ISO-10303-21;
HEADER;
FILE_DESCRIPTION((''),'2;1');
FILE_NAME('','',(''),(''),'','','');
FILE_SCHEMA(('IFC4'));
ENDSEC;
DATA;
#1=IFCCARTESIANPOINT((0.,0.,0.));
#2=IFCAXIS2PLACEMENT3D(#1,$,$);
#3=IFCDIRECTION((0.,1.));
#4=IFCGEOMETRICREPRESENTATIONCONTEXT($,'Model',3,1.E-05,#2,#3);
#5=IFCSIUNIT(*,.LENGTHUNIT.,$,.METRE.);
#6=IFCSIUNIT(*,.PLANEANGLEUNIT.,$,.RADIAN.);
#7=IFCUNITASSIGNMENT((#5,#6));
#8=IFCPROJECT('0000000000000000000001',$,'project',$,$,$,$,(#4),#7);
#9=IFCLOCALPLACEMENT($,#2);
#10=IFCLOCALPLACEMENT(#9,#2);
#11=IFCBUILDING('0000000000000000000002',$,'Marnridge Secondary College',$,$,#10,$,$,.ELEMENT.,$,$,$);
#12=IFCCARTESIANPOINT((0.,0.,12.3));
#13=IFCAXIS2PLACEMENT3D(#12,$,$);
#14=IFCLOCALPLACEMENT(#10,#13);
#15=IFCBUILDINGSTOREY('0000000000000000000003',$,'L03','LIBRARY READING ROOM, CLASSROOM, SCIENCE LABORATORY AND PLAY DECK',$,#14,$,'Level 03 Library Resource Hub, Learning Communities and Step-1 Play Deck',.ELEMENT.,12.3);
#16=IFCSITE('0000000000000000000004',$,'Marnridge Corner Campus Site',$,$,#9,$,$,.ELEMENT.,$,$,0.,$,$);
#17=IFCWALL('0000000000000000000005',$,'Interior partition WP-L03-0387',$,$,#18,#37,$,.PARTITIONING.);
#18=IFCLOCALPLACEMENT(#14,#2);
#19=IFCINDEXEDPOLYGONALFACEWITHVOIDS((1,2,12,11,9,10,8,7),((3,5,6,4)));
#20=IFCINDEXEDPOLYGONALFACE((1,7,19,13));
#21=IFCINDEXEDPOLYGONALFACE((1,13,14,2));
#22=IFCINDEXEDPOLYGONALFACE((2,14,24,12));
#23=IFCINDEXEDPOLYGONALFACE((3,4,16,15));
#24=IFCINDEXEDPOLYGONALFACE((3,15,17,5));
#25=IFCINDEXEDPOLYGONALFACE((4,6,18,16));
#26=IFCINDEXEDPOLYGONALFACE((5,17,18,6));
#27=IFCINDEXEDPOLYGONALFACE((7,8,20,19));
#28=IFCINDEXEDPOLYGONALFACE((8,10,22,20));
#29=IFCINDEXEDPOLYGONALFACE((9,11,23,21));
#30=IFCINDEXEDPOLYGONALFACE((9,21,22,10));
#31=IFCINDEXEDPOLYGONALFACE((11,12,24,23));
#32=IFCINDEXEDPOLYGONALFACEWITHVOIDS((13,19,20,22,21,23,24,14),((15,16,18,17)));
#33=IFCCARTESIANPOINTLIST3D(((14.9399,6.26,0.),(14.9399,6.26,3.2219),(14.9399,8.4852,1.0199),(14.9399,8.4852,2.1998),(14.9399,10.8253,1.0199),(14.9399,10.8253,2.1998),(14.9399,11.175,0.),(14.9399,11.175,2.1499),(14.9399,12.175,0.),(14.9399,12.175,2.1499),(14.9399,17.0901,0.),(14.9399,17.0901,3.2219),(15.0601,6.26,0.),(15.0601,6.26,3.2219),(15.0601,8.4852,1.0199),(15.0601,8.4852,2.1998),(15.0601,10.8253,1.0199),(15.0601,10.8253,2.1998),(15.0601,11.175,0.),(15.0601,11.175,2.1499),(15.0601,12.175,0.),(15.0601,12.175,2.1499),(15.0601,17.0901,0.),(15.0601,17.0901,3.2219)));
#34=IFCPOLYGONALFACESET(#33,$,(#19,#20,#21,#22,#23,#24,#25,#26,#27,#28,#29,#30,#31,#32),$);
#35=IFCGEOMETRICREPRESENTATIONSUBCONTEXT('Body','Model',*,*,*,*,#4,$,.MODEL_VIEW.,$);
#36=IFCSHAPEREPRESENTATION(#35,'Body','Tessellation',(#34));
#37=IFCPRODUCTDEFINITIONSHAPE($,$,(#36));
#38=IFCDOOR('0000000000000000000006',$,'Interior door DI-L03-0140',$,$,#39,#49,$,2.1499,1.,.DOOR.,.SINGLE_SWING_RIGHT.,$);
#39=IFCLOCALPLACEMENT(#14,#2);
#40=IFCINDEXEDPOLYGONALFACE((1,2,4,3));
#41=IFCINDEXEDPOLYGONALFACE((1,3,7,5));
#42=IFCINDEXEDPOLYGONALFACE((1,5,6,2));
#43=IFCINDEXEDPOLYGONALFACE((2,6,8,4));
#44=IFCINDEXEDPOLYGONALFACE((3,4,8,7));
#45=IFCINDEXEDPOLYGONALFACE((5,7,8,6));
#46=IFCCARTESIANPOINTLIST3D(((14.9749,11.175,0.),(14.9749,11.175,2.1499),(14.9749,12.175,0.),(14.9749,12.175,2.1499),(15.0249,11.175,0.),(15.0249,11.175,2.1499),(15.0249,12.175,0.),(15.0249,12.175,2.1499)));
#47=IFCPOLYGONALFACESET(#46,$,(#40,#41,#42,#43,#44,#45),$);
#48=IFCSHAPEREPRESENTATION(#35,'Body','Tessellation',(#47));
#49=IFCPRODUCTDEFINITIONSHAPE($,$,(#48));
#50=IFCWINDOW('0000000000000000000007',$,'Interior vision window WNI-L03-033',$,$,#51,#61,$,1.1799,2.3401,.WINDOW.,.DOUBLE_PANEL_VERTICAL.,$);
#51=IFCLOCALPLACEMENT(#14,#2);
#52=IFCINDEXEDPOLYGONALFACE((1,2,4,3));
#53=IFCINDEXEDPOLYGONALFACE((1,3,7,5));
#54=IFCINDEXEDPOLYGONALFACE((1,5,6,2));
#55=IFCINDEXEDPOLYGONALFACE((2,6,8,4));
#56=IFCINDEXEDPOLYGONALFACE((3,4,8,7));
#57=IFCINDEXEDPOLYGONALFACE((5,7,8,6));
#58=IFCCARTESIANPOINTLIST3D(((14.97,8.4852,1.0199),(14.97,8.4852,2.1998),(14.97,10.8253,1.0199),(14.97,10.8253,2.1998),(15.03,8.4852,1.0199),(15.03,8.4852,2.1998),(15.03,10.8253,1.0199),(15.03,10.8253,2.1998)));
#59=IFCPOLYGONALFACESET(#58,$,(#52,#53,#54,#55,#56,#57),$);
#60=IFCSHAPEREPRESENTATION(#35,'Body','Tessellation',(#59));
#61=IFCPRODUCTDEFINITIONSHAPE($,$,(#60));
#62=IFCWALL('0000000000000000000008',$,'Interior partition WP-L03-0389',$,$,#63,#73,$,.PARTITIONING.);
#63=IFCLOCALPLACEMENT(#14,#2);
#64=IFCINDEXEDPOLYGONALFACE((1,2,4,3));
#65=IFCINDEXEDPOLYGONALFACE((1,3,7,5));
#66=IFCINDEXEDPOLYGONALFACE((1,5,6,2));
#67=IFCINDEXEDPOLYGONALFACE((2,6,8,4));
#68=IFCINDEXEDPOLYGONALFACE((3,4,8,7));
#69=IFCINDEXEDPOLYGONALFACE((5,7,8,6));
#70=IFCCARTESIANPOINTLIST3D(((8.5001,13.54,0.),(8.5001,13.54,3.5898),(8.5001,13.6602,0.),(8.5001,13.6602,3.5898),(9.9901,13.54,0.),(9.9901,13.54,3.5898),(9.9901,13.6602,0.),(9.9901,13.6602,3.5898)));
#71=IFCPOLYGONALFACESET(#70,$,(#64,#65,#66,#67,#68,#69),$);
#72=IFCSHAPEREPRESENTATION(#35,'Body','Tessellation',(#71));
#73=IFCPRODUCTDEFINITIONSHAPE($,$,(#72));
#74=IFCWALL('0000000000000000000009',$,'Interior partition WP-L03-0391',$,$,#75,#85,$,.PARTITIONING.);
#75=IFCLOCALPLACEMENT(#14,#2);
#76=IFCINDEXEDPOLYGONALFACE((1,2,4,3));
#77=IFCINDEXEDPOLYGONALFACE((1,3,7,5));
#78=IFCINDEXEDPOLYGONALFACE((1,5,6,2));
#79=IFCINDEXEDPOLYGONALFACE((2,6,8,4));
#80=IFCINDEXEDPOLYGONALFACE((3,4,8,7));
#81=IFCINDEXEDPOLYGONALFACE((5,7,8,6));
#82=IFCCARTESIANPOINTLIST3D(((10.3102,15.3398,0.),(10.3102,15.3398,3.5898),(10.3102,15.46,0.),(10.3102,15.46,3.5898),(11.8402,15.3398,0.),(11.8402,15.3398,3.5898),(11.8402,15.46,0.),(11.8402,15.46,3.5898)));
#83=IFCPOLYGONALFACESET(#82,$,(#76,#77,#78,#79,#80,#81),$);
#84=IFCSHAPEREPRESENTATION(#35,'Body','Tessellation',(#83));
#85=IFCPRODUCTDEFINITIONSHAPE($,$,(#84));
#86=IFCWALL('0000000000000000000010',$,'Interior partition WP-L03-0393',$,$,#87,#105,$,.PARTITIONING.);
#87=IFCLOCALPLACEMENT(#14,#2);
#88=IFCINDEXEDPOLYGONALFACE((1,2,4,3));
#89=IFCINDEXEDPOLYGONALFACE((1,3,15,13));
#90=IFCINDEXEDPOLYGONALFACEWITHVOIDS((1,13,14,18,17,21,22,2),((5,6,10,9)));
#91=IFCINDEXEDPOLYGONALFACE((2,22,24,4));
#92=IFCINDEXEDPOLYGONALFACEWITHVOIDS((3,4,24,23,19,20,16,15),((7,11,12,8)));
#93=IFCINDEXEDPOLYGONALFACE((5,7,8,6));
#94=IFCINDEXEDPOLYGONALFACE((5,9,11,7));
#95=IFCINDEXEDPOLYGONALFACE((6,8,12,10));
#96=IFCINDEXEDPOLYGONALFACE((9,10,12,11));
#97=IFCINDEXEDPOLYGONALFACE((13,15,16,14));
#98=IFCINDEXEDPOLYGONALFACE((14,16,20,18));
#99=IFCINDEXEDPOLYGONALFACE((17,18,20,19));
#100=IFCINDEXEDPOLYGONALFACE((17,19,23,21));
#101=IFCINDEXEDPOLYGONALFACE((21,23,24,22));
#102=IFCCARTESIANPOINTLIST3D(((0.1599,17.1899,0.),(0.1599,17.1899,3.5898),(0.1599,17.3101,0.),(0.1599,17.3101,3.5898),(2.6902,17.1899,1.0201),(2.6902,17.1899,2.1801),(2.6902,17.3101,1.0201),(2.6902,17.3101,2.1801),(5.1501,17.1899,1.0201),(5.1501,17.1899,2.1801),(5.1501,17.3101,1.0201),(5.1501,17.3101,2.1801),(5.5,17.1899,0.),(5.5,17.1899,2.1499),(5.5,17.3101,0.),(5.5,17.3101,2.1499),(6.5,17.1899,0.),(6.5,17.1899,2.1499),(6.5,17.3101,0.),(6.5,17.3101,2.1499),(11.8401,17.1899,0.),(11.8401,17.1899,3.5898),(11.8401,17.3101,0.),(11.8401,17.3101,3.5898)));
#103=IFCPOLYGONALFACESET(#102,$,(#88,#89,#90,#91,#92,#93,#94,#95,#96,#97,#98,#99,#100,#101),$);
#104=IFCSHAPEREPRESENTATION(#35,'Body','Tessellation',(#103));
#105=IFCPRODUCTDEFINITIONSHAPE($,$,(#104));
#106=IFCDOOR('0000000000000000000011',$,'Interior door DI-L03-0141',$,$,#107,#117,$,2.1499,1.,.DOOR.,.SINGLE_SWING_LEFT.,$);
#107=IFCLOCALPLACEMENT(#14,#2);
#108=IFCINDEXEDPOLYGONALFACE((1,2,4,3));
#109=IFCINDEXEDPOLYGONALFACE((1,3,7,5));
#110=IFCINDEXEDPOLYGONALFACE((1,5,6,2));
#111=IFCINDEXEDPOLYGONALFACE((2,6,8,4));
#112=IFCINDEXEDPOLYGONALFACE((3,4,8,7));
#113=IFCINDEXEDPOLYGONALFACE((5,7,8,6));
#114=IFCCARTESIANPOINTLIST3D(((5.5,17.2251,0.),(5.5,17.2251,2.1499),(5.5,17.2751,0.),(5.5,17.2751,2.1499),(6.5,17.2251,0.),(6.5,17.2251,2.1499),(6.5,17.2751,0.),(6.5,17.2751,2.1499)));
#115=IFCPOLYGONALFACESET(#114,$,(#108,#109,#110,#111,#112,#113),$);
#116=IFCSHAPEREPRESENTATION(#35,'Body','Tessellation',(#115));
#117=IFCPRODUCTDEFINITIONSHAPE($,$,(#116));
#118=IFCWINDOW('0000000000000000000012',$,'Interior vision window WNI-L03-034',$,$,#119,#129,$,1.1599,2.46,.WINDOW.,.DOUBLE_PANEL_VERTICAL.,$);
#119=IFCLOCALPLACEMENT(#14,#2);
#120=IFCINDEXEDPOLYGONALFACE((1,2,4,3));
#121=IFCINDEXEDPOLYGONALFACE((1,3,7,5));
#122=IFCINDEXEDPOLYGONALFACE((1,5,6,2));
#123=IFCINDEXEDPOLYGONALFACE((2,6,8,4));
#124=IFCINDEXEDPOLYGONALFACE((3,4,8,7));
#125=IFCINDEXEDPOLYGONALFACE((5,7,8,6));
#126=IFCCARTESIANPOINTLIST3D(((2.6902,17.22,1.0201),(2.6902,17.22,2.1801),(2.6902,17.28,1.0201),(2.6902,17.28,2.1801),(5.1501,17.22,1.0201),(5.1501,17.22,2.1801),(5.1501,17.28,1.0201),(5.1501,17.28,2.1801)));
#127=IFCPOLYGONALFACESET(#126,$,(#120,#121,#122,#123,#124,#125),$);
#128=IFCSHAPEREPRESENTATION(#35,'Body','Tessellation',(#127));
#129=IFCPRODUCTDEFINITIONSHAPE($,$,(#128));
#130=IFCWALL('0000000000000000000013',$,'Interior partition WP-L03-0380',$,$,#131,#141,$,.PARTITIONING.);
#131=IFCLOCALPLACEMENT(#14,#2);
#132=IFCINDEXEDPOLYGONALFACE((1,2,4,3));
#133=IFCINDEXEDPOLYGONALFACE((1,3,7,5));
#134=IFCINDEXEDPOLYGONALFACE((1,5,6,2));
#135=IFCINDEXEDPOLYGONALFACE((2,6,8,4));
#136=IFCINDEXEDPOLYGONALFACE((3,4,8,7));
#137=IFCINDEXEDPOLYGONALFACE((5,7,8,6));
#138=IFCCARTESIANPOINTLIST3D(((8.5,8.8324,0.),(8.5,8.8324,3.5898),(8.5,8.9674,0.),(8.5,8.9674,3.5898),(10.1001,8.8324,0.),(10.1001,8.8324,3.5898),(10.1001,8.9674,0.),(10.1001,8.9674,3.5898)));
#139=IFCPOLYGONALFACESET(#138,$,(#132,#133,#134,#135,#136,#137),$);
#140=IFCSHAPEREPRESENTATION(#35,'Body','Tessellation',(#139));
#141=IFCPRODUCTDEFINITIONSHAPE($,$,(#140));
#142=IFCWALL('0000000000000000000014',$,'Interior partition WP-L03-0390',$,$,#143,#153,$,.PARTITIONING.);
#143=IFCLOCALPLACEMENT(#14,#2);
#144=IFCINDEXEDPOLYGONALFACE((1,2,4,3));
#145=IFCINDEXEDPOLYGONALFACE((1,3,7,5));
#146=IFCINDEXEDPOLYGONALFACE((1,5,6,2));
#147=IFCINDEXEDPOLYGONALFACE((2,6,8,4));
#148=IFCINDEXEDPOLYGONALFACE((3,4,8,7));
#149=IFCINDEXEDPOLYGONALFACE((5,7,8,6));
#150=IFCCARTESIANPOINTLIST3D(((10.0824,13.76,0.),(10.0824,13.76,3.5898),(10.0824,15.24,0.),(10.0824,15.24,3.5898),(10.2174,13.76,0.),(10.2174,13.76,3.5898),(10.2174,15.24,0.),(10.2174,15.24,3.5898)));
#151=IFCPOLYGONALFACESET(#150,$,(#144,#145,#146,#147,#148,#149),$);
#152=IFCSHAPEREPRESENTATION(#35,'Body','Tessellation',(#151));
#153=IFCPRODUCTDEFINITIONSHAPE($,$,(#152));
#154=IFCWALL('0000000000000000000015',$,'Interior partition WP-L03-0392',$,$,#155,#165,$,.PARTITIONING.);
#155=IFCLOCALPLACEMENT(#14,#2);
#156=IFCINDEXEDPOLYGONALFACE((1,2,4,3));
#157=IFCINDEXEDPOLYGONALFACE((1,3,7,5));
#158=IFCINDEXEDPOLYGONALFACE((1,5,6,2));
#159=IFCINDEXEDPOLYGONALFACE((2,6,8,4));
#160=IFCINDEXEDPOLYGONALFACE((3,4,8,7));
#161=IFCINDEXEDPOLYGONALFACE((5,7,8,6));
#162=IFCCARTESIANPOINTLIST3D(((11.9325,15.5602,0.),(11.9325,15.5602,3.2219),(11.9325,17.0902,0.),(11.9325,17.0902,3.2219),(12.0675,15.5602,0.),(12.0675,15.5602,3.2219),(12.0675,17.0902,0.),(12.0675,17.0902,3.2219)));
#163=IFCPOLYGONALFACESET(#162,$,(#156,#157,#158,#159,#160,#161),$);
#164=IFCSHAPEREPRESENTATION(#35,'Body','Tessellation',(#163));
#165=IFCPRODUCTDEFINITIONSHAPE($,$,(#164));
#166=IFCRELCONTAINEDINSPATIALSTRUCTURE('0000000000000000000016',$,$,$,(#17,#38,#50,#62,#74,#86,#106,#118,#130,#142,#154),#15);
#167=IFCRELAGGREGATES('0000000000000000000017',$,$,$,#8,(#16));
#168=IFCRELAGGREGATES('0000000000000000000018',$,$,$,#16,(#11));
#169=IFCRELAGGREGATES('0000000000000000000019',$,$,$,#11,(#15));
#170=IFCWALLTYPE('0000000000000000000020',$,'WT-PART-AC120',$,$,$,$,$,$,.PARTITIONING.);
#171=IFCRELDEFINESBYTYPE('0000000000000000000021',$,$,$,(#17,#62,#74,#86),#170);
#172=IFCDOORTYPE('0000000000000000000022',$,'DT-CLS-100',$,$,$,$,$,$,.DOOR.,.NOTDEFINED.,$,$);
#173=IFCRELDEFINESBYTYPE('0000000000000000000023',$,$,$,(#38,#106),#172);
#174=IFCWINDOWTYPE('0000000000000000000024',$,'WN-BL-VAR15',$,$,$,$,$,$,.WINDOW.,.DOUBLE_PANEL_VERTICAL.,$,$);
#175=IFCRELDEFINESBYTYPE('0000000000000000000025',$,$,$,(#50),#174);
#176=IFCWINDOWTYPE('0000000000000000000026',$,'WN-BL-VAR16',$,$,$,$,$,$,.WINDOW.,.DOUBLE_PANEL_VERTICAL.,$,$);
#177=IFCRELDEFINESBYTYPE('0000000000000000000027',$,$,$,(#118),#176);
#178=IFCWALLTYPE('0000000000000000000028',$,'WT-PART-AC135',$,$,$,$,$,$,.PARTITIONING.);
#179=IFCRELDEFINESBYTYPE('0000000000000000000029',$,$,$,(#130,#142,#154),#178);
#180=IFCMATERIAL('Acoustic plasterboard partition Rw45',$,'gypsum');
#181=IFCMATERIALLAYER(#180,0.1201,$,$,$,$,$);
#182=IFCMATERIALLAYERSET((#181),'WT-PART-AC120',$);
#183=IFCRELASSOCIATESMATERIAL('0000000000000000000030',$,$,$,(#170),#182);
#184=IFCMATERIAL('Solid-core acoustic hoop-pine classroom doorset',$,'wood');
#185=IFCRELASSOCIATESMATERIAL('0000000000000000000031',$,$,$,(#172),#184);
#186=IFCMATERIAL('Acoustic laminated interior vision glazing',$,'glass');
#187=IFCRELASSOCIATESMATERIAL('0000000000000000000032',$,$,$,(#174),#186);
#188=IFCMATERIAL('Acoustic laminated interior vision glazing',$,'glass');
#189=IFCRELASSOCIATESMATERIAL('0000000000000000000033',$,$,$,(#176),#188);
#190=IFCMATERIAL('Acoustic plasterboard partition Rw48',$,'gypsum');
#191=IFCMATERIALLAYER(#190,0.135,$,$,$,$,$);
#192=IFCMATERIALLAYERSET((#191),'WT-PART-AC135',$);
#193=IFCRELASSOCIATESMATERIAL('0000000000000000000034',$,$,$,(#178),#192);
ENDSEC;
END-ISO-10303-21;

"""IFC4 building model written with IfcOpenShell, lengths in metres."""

from ifc_helpers import new_model, si_unit, direction, frame, frame_2d, origin, place, context, subcontext, project, spatial, rectangle, extrude, material, layer, layer_set, type_object, element, fill, save


model = new_model("IFC4")

# Units and contexts
model_context = context("Model", 3, precision=1e-05, world=origin(), true_north=direction((0.0, 1.0)))
body_context = subcontext(model_context, "Body", "Model", "MODEL_VIEW")
ifc_project = project(units=[si_unit("LENGTHUNIT", "METRE"), si_unit("PLANEANGLEUNIT", "RADIAN")], contexts=[model_context])

# Site, building, storey
site_placement = place(None, origin())
site = spatial("IfcSite", under=ifc_project, at=site_placement, Name="Marnridge Corner Campus Site", CompositionType="ELEMENT", RefElevation=0.0)
building_placement = place(site_placement, origin())
building = spatial("IfcBuilding", under=site, at=building_placement, Name="Marnridge Secondary College", CompositionType="ELEMENT")
storey_placement = place(building_placement, frame((0.0, 0.0, 12.3)))
storey = spatial("IfcBuildingStorey", under=building, at=storey_placement, Name="L03", Description="LIBRARY READING ROOM, CLASSROOM, SCIENCE LABORATORY AND PLAY DECK", LongName="Level 03 Library Resource Hub, Learning Communities and Step-1 Play Deck", CompositionType="ELEMENT", Elevation=12.3)

# Wall, openings, door, window
ifc_material_1 = material(Name="Acoustic plasterboard partition Rw45", Category="gypsum")
ifc_layer_1 = layer(ifc_material_1, 0.1201)
ifc_layer_set_1 = layer_set([ifc_layer_1], Name="WT-PART-AC120")
wall_type_1 = type_object("IfcWallType", Name="WT-PART-AC120", PredefinedType="PARTITIONING", material=ifc_layer_set_1)
wall_1_placement = place(storey_placement, frame((15.0, 17.0901, 0.0), z_axis=(0.0, 0.0, 1.0), x_axis=(0.0, -1.0, 0.0)))
wall_1 = element("IfcWall", 1, at=wall_1_placement, inside=storey, type_object=wall_type_1, Name="Interior partition WP-L03-0387", PredefinedType="PARTITIONING", context=body_context, shape_type="SweptSolid", body=[
    extrude(rectangle(XDim=10.8301, YDim=0.1201, at=frame_2d((5.415, 0.0))), origin(), (0.0, 0.0, 1.0), 3.2219),
])
opening_1_placement = place(wall_1_placement, frame((4.915, 0.0, 0.0)))
opening_1 = element("IfcOpeningElement", 2, at=opening_1_placement, cuts=wall_1, PredefinedType="OPENING", context=body_context, shape_type="SweptSolid", body=[
    extrude(rectangle(XDim=1.0, YDim=2.1499, at=frame_2d((0.5, 1.075))), frame((0.0, 0.0701, 0.0), z_axis=(0.0, -1.0, 0.0), x_axis=(1.0, 0.0, 0.0)), (0.0, 0.0, 1.0), 0.1401),
])
opening_2_placement = place(wall_1_placement, frame((6.2649, 0.0, 1.02)))
opening_2 = element("IfcOpeningElement", 3, at=opening_2_placement, cuts=wall_1, PredefinedType="OPENING", context=body_context, shape_type="SweptSolid", body=[
    extrude(rectangle(XDim=2.3401, YDim=1.1799, at=frame_2d((1.1699, 0.5898))), frame((0.0, 0.0701, 0.0), z_axis=(0.0, -1.0, 0.0), x_axis=(1.0, 0.0, 0.0)), (0.0, 0.0, 1.0), 0.1401),
])
ifc_material_2 = material(Name="Solid-core acoustic hoop-pine classroom doorset", Category="wood")
door_type_1 = type_object("IfcDoorType", Name="DT-CLS-100", OperationType="NOTDEFINED", PredefinedType="DOOR", material=ifc_material_2)
door_1_placement = place(opening_1_placement, origin())
door_1 = element("IfcDoor", 4, at=door_1_placement, inside=storey, type_object=door_type_1, Name="Interior door DI-L03-0140", OperationType="SINGLE_SWING_RIGHT", OverallHeight=2.1499, OverallWidth=1.0, PredefinedType="DOOR", context=body_context, shape_type="SweptSolid", body=[
    extrude(rectangle(XDim=1.0, YDim=2.1499, at=frame_2d((0.5, 1.075))), frame((0.0, 0.0249, 0.0), z_axis=(0.0, -1.0, 0.0), x_axis=(1.0, 0.0, 0.0)), (0.0, 0.0, 1.0), 0.05),
])
fill(opening_1, door_1)
ifc_material_3 = material(Name="Acoustic laminated interior vision glazing", Category="glass")
window_type_1 = type_object("IfcWindowType", Name="WN-BL-VAR15", PartitioningType="DOUBLE_PANEL_VERTICAL", PredefinedType="WINDOW", material=ifc_material_3)
window_1_placement = place(opening_2_placement, origin())
window_1 = element("IfcWindow", 5, at=window_1_placement, inside=storey, type_object=window_type_1, Name="Interior vision window WNI-L03-033", OverallHeight=1.1799, OverallWidth=2.3401, PartitioningType="DOUBLE_PANEL_VERTICAL", PredefinedType="WINDOW", context=body_context, shape_type="SweptSolid", body=[
    extrude(rectangle(XDim=2.3401, YDim=1.1799, at=frame_2d((1.1699, 0.5898))), frame((0.0, 0.03, 0.0), z_axis=(0.0, -1.0, 0.0), x_axis=(1.0, 0.0, 0.0)), (0.0, 0.0, 1.0), 0.0601),
])
fill(opening_2, window_1)

# Walls
wall_2_placement = place(storey_placement, frame((8.5, 13.6001, 0.0), z_axis=(0.0, 0.0, 1.0), x_axis=(1.0, 0.0, 0.0)))
element("IfcWall", 6, at=wall_2_placement, inside=storey, type_object=wall_type_1, Name="Interior partition WP-L03-0389", PredefinedType="PARTITIONING", context=body_context, shape_type="SweptSolid", body=[
    extrude(rectangle(XDim=1.49, YDim=0.1201, at=frame_2d((0.7451, 0.0))), origin(), (0.0, 0.0, 1.0), 3.5898),
])
wall_3_placement = place(storey_placement, frame((10.3101, 15.3999, 0.0), z_axis=(0.0, 0.0, 1.0), x_axis=(1.0, 0.0, 0.0)))
element("IfcWall", 7, at=wall_3_placement, inside=storey, type_object=wall_type_1, Name="Interior partition WP-L03-0391", PredefinedType="PARTITIONING", context=body_context, shape_type="SweptSolid", body=[
    extrude(rectangle(XDim=1.53, YDim=0.1201, at=frame_2d((0.7651, 0.0))), origin(), (0.0, 0.0, 1.0), 3.5898),
])

# Wall, openings, door, window
wall_4_placement = place(storey_placement, frame((11.8401, 17.25, 0.0), z_axis=(0.0, 0.0, 1.0), x_axis=(-1.0, 0.0, 0.0)))
wall_4 = element("IfcWall", 8, at=wall_4_placement, inside=storey, type_object=wall_type_1, Name="Interior partition WP-L03-0393", PredefinedType="PARTITIONING", context=body_context, shape_type="SweptSolid", body=[
    extrude(rectangle(XDim=11.6802, YDim=0.1201, at=frame_2d((5.8401, 0.0))), origin(), (0.0, 0.0, 1.0), 3.5898),
])
opening_3_placement = place(wall_4_placement, frame((5.3401, 0.0, 0.0)))
opening_3 = element("IfcOpeningElement", 9, at=opening_3_placement, cuts=wall_4, PredefinedType="OPENING", context=body_context, shape_type="SweptSolid", body=[
    extrude(rectangle(XDim=1.0, YDim=2.1499, at=frame_2d((0.5, 1.075))), frame((0.0, 0.0701, 0.0), z_axis=(0.0, -1.0, 0.0), x_axis=(1.0, 0.0, 0.0)), (0.0, 0.0, 1.0), 0.1401),
])
opening_4_placement = place(wall_4_placement, frame((6.6899, 0.0, 1.02)))
opening_4 = element("IfcOpeningElement", 10, at=opening_4_placement, cuts=wall_4, PredefinedType="OPENING", context=body_context, shape_type="SweptSolid", body=[
    extrude(rectangle(XDim=2.46, YDim=1.1599, at=frame_2d((1.23, 0.5801))), frame((0.0, 0.0701, 0.0), z_axis=(0.0, -1.0, 0.0), x_axis=(1.0, 0.0, 0.0)), (0.0, 0.0, 1.0), 0.1401),
])
door_2_placement = place(opening_3_placement, origin())
door_2 = element("IfcDoor", 11, at=door_2_placement, inside=storey, type_object=door_type_1, Name="Interior door DI-L03-0141", OperationType="SINGLE_SWING_LEFT", OverallHeight=2.1499, OverallWidth=1.0, PredefinedType="DOOR", context=body_context, shape_type="SweptSolid", body=[
    extrude(rectangle(XDim=1.0, YDim=2.1499, at=frame_2d((0.5, 1.075))), frame((0.0, 0.0249, 0.0), z_axis=(0.0, -1.0, 0.0), x_axis=(1.0, 0.0, 0.0)), (0.0, 0.0, 1.0), 0.05),
])
fill(opening_3, door_2)
ifc_material_4 = material(Name="Acoustic laminated interior vision glazing", Category="glass")
window_type_2 = type_object("IfcWindowType", Name="WN-BL-VAR16", PartitioningType="DOUBLE_PANEL_VERTICAL", PredefinedType="WINDOW", material=ifc_material_4)
window_2_placement = place(opening_4_placement, origin())
window_2 = element("IfcWindow", 12, at=window_2_placement, inside=storey, type_object=window_type_2, Name="Interior vision window WNI-L03-034", OverallHeight=1.1599, OverallWidth=2.46, PartitioningType="DOUBLE_PANEL_VERTICAL", PredefinedType="WINDOW", context=body_context, shape_type="SweptSolid", body=[
    extrude(rectangle(XDim=2.46, YDim=1.1599, at=frame_2d((1.23, 0.5801))), frame((0.0, 0.03, 0.0), z_axis=(0.0, -1.0, 0.0), x_axis=(1.0, 0.0, 0.0)), (0.0, 0.0, 1.0), 0.0601),
])
fill(opening_4, window_2)

# Walls
ifc_material_5 = material(Name="Acoustic plasterboard partition Rw48", Category="gypsum")
ifc_layer_2 = layer(ifc_material_5, 0.135)
ifc_layer_set_2 = layer_set([ifc_layer_2], Name="WT-PART-AC135")
wall_type_2 = type_object("IfcWallType", Name="WT-PART-AC135", PredefinedType="PARTITIONING", material=ifc_layer_set_2)
wall_5_placement = place(storey_placement, frame((10.1001, 8.8999, 0.0), z_axis=(0.0, 0.0, 1.0), x_axis=(-1.0, 0.0, 0.0)))
element("IfcWall", 13, at=wall_5_placement, inside=storey, type_object=wall_type_2, Name="Interior partition WP-L03-0380", PredefinedType="PARTITIONING", context=body_context, shape_type="SweptSolid", body=[
    extrude(rectangle(XDim=1.6001, YDim=0.135, at=frame_2d((0.8, 0.0))), origin(), (0.0, 0.0, 1.0), 3.5898),
])
wall_6_placement = place(storey_placement, frame((10.1499, 13.76, 0.0), z_axis=(0.0, 0.0, 1.0), x_axis=(0.0, 1.0, 0.0)))
element("IfcWall", 14, at=wall_6_placement, inside=storey, type_object=wall_type_2, Name="Interior partition WP-L03-0390", PredefinedType="PARTITIONING", context=body_context, shape_type="SweptSolid", body=[
    extrude(rectangle(XDim=1.48, YDim=0.135, at=frame_2d((0.74, 0.0))), origin(), (0.0, 0.0, 1.0), 3.5898),
])
wall_7_placement = place(storey_placement, frame((12.0, 15.5601, 0.0), z_axis=(0.0, 0.0, 1.0), x_axis=(0.0, 1.0, 0.0)))
element("IfcWall", 15, at=wall_7_placement, inside=storey, type_object=wall_type_2, Name="Interior partition WP-L03-0392", PredefinedType="PARTITIONING", context=body_context, shape_type="SweptSolid", body=[
    extrude(rectangle(XDim=1.53, YDim=0.135, at=frame_2d((0.7651, 0.0))), origin(), (0.0, 0.0, 1.0), 3.2219),
])

save(model, "model.ifc")
